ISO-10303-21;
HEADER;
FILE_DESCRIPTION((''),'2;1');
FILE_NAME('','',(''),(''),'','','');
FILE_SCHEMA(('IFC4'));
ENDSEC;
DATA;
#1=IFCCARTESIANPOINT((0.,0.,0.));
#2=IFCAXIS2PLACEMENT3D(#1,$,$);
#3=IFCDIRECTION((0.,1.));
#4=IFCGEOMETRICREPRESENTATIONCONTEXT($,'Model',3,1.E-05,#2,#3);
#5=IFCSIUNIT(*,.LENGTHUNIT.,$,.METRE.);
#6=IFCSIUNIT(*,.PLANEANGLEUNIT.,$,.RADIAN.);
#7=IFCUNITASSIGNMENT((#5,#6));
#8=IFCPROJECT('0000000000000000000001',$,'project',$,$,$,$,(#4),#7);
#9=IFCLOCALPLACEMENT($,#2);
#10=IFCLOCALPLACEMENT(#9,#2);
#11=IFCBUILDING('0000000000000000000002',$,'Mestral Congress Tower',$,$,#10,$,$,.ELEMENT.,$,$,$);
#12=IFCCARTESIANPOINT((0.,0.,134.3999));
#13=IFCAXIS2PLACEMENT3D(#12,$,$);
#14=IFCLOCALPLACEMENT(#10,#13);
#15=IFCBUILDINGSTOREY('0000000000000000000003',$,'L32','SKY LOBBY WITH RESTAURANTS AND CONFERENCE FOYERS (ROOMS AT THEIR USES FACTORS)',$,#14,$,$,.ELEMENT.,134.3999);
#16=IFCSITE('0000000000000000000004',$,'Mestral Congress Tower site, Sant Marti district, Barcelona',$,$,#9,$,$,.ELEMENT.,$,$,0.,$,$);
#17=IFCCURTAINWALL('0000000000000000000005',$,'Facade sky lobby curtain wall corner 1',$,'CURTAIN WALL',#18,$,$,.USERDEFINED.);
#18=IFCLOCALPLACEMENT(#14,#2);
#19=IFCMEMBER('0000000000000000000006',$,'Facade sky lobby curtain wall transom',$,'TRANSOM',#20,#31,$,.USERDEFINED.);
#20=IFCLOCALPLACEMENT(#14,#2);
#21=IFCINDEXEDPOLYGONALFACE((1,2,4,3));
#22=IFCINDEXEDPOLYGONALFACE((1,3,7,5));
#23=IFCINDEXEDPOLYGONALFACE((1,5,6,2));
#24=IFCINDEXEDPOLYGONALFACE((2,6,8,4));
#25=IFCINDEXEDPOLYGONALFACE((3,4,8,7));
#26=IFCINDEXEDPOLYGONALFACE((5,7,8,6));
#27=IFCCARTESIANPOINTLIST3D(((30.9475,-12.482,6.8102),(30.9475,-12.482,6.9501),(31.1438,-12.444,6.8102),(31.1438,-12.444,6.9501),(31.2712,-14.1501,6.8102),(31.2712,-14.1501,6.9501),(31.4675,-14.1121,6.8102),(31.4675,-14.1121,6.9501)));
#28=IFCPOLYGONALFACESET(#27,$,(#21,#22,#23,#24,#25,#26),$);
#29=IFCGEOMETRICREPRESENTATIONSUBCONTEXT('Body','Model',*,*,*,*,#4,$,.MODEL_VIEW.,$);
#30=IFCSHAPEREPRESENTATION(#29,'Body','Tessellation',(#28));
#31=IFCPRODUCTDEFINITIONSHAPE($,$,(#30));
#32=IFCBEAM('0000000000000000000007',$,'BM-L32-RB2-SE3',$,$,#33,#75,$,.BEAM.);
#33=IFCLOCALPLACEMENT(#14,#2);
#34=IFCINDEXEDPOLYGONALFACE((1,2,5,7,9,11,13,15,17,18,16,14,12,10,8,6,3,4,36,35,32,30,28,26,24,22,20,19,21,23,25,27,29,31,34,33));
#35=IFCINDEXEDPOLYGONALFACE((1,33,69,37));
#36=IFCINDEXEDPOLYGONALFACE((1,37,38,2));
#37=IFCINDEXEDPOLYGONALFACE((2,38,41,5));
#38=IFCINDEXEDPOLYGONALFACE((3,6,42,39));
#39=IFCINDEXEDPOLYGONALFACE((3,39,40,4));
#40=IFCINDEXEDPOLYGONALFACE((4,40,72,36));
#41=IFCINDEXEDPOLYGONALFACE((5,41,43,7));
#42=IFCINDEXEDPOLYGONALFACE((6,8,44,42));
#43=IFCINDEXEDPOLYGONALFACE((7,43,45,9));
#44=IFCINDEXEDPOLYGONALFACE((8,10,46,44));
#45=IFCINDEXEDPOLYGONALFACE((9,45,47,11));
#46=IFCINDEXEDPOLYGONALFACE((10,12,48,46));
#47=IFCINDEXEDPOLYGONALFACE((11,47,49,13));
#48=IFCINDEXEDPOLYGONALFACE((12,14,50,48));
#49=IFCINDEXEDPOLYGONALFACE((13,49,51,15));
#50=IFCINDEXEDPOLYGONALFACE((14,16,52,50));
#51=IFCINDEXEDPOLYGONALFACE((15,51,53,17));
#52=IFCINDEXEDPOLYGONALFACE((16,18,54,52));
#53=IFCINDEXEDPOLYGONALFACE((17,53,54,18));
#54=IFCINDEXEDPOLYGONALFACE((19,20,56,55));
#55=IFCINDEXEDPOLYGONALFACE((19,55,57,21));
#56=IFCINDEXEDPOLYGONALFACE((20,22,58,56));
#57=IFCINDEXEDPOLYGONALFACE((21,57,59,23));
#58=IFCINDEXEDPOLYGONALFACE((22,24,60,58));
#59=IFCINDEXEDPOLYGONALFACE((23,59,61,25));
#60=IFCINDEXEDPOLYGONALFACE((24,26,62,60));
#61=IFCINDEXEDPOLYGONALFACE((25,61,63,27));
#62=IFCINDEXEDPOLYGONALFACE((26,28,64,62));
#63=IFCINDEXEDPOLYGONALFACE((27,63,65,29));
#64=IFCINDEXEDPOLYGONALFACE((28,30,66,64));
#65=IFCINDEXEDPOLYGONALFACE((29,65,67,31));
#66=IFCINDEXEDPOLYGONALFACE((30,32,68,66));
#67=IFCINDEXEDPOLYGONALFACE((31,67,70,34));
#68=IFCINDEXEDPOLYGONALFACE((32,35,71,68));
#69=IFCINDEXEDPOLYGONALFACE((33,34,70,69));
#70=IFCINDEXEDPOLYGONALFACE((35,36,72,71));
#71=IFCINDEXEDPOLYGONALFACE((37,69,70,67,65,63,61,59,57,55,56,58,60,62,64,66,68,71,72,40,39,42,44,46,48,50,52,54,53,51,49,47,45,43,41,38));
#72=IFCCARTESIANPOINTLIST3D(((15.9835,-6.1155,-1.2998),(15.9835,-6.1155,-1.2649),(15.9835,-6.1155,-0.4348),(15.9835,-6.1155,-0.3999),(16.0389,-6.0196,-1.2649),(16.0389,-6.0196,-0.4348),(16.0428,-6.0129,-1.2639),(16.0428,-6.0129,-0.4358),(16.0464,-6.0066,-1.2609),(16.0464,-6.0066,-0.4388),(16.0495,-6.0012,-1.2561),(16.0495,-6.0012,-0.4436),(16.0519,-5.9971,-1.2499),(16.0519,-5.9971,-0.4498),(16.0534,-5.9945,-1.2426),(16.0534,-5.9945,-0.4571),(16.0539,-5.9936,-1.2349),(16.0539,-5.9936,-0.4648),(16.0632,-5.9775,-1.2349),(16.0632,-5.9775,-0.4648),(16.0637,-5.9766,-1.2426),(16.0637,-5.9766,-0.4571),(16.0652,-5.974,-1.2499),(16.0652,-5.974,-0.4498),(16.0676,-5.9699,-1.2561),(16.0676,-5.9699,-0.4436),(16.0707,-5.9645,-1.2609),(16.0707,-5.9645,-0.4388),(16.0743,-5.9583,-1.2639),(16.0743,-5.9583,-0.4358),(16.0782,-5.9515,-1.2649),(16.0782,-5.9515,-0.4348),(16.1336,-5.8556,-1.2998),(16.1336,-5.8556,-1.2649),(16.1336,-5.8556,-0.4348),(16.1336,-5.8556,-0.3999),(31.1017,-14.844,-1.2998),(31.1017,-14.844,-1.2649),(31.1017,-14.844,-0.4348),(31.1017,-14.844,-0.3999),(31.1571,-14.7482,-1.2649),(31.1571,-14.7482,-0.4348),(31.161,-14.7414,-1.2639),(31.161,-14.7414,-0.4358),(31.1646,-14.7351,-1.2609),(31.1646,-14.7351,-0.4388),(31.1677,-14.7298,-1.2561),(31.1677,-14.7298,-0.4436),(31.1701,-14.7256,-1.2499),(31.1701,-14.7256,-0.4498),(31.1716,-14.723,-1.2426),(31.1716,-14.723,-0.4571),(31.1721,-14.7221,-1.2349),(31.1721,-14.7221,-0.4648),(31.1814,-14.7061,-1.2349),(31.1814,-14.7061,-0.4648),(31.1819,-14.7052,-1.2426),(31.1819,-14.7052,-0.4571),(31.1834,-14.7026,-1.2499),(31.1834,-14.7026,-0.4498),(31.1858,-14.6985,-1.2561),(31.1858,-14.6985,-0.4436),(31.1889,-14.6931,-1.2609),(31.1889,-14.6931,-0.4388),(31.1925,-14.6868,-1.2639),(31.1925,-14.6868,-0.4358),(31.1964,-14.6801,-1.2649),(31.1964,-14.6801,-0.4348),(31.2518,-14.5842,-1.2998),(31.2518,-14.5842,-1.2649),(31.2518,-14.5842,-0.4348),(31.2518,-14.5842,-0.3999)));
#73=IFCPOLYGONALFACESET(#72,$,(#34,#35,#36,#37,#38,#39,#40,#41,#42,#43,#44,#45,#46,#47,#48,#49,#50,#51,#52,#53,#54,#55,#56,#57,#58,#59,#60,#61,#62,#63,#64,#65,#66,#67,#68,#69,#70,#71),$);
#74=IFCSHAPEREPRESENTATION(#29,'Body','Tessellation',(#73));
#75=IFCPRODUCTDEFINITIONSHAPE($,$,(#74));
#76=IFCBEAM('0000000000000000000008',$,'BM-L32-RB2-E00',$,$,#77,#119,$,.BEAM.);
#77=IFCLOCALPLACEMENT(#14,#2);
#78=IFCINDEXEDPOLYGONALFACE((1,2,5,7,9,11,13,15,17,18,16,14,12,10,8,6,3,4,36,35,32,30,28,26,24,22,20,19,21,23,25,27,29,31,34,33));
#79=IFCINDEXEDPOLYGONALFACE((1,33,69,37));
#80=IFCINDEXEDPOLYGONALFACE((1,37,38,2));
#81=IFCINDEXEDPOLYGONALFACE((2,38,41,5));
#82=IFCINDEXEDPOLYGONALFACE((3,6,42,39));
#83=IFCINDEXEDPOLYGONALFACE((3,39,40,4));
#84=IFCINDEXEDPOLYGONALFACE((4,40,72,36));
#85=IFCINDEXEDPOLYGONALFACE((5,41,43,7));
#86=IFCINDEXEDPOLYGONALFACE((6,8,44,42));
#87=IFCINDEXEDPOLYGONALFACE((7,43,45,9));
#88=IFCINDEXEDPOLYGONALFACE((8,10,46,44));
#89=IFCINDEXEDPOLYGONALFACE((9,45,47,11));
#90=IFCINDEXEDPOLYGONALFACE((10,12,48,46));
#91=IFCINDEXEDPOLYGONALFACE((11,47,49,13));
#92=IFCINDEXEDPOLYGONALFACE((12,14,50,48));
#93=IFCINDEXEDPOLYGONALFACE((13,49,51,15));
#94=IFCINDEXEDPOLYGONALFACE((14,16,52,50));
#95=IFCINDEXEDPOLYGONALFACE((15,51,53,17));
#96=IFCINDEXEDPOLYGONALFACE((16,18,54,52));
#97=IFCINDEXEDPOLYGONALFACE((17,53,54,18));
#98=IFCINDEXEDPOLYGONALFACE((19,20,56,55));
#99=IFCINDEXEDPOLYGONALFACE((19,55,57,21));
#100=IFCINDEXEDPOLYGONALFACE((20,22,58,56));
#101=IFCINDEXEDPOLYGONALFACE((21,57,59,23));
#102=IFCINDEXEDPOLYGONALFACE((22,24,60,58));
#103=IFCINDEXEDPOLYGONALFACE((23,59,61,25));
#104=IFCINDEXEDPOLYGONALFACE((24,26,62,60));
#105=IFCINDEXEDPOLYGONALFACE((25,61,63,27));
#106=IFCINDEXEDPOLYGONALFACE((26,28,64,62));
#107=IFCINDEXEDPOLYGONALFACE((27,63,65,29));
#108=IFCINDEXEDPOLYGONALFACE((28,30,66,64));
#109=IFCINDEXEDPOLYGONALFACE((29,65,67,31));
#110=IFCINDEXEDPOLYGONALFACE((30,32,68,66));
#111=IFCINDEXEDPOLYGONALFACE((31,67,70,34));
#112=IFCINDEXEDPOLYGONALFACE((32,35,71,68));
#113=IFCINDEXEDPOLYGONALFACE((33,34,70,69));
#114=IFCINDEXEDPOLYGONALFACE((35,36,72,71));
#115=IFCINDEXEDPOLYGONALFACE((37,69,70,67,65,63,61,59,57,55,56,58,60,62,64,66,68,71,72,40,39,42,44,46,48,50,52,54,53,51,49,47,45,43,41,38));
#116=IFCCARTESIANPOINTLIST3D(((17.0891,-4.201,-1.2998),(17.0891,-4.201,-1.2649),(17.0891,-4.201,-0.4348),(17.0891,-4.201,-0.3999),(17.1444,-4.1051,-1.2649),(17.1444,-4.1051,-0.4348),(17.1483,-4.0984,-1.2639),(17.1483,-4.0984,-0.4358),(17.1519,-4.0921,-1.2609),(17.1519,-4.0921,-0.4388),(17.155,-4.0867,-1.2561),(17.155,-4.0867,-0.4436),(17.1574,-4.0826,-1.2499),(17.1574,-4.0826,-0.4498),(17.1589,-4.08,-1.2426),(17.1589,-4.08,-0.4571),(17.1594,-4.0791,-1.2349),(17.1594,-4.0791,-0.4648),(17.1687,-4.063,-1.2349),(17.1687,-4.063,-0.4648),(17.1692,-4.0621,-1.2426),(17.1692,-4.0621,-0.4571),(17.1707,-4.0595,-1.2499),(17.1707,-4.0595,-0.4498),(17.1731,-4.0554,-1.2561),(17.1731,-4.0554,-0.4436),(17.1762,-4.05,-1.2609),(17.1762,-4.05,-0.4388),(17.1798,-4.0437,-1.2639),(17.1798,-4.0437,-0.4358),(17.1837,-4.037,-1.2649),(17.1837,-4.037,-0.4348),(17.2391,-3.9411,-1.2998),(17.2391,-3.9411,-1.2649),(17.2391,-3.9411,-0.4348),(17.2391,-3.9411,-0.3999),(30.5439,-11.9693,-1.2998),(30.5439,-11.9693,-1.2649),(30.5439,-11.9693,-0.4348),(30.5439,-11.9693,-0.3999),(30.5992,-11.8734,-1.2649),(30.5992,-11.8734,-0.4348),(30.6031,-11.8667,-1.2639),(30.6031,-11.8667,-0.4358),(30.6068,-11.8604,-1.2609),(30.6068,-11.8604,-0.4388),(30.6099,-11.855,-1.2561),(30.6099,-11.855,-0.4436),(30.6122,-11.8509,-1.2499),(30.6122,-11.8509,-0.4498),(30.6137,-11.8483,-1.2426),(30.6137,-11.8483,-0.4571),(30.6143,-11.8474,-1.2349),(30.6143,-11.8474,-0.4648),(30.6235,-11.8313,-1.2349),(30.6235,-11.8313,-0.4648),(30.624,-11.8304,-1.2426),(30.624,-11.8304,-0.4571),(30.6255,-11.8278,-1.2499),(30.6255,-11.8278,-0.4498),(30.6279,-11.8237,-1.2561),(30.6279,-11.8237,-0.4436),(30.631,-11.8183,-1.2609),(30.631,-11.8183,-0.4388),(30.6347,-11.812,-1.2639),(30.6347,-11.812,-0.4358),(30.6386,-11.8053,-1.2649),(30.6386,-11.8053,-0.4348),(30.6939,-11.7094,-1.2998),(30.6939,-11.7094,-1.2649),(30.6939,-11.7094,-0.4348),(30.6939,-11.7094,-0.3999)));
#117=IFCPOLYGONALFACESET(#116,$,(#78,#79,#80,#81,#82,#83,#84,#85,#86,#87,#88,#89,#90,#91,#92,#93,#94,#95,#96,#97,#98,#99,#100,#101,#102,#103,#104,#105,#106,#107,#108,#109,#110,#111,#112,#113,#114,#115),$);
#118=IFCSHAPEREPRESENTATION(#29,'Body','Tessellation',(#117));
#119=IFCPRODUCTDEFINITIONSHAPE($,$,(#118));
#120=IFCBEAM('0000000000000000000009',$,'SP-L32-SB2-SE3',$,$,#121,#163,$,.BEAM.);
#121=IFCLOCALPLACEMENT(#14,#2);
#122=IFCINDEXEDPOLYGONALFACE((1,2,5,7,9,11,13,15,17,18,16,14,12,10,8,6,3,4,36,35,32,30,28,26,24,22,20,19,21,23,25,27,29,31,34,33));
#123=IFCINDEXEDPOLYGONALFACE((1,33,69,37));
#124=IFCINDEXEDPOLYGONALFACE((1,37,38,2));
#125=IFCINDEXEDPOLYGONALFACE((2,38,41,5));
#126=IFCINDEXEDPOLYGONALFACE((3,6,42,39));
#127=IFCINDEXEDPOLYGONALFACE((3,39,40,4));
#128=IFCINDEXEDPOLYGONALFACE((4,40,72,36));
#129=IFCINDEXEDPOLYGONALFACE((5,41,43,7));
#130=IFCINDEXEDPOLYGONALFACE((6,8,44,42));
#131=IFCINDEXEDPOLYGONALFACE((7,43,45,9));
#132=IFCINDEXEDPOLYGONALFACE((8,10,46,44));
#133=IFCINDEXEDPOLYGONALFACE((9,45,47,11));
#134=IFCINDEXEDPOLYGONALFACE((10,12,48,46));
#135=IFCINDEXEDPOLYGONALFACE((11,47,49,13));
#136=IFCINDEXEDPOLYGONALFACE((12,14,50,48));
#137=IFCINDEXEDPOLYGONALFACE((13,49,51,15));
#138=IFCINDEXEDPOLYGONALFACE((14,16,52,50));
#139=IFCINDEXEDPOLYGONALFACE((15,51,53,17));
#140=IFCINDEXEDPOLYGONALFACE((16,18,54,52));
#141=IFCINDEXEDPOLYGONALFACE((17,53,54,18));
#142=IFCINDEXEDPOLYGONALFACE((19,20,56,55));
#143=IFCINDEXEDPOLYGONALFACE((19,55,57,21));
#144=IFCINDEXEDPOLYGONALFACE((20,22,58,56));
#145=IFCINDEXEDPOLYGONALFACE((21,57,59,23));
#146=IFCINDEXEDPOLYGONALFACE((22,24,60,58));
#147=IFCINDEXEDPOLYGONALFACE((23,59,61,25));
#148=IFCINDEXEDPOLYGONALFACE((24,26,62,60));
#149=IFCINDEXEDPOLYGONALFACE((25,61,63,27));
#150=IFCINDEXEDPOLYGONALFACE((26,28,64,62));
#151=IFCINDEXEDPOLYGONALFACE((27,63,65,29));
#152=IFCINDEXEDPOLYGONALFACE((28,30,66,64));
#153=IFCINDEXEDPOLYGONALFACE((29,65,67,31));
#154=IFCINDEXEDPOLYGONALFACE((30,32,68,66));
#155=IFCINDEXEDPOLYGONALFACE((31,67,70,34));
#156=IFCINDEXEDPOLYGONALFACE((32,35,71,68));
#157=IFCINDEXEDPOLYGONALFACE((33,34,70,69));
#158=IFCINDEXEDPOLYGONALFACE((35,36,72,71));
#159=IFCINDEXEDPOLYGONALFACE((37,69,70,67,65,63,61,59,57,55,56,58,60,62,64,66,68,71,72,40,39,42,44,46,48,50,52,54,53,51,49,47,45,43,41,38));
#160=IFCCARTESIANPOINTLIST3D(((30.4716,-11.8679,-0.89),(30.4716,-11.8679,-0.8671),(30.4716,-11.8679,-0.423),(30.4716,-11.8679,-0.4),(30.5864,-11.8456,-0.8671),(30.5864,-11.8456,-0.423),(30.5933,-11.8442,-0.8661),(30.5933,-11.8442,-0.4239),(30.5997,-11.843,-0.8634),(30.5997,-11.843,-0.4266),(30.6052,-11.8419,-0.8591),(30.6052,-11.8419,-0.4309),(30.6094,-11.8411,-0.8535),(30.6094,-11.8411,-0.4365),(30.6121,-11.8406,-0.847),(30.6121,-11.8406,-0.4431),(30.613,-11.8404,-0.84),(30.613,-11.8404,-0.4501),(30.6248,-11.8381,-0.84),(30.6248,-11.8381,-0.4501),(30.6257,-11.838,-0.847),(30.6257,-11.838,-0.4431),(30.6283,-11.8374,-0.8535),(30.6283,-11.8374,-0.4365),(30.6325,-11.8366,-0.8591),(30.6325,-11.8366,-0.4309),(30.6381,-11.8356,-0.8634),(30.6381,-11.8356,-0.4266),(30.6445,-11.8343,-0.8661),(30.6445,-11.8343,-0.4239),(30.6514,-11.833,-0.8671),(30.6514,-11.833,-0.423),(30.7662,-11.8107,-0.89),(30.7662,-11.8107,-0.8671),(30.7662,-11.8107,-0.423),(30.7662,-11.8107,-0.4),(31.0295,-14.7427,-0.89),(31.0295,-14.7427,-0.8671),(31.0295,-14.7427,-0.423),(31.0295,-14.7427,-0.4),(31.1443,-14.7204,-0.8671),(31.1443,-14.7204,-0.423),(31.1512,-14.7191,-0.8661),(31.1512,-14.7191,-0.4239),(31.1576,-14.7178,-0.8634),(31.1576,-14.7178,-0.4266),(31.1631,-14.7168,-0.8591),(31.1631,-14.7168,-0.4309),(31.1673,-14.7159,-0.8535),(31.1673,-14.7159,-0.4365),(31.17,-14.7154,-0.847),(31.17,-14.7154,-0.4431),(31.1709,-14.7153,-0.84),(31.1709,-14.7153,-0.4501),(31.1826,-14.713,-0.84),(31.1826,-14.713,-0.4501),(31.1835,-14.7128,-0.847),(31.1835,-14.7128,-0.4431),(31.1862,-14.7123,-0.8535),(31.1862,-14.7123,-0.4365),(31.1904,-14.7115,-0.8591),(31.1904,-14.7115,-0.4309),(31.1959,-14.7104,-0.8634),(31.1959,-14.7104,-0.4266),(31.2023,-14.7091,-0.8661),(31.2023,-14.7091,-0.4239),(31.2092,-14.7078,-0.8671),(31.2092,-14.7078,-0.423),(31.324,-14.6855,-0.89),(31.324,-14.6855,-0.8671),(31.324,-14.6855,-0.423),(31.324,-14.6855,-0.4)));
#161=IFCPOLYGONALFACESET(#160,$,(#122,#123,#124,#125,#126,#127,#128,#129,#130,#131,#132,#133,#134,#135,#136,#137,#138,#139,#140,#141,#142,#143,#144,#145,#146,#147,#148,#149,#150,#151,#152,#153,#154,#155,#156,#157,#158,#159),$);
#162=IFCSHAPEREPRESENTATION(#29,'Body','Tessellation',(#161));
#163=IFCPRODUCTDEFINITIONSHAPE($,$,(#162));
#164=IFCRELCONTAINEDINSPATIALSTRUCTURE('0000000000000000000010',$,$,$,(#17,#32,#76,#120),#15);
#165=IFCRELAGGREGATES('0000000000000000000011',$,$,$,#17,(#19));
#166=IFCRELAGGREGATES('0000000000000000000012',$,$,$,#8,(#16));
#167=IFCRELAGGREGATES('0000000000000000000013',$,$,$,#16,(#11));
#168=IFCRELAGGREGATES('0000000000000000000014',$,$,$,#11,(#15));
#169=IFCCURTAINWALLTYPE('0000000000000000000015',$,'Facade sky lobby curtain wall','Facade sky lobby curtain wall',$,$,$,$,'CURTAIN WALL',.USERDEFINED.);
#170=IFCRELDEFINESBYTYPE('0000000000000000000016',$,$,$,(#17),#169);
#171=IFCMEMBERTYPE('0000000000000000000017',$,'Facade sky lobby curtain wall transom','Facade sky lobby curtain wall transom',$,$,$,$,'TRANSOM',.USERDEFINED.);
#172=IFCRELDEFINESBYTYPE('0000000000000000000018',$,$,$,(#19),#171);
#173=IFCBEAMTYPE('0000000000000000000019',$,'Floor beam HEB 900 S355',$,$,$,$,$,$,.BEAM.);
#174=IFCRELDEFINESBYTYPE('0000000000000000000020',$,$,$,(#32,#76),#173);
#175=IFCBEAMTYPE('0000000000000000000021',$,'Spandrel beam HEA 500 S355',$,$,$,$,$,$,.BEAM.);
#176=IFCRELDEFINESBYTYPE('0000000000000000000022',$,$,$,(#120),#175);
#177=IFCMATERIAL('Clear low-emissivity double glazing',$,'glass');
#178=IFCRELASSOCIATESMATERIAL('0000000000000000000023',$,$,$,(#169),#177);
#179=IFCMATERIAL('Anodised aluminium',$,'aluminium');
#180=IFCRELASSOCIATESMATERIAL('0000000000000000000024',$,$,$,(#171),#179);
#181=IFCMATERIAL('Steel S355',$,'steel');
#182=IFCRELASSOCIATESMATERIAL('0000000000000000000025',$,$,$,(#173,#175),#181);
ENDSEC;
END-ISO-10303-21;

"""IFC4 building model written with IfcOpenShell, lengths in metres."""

from ifc_helpers import new_model, si_unit, direction, frame, origin, origin_2d, place, context, subcontext, project, spatial, rectangle, i_section, extrude, material, material_profile, profile_set, type_object, element, aggregate, save


model = new_model("IFC4")

# Units and contexts
model_context = context("Model", 3, precision=1e-05, world=origin(), true_north=direction((0.0, 1.0)))
body_context = subcontext(model_context, "Body", "Model", "MODEL_VIEW")
ifc_project = project(units=[si_unit("LENGTHUNIT", "METRE"), si_unit("PLANEANGLEUNIT", "RADIAN")], contexts=[model_context])

# Site, building, storey
site_placement = place(None, origin())
site = spatial("IfcSite", under=ifc_project, at=site_placement, Name="Mestral Congress Tower site, Sant Marti district, Barcelona", CompositionType="ELEMENT", RefElevation=0.0)
building_placement = place(site_placement, origin())
building = spatial("IfcBuilding", under=site, at=building_placement, Name="Mestral Congress Tower", CompositionType="ELEMENT")
storey_placement = place(building_placement, frame((0.0, 0.0, 134.3999)))
storey = spatial("IfcBuildingStorey", under=building, at=storey_placement, Name="L32", Description="SKY LOBBY WITH RESTAURANTS AND CONFERENCE FOYERS (ROOMS AT THEIR USES FACTORS)", CompositionType="ELEMENT", Elevation=134.3999)

# Shared definitions
ifc_material_1 = material(Name="Steel S355", Category="steel")

# Curtain wall
ifc_material_2 = material(Name="Clear low-emissivity double glazing", Category="glass")
curtain_wall_type = type_object("IfcCurtainWallType", Name="Facade sky lobby curtain wall", Description="Facade sky lobby curtain wall", ElementType="CURTAIN WALL", PredefinedType="USERDEFINED", material=ifc_material_2)
placement = place(storey_placement, origin())
ifc_material_3 = material(Name="Anodised aluminium", Category="aluminium")
curtain_wall_1 = element("IfcCurtainWall", 1, at=placement, inside=storey, type_object=curtain_wall_type, Name="Facade sky lobby curtain wall corner 1", ObjectType="CURTAIN WALL", PredefinedType="USERDEFINED")

# Member
ifc_material_profile_1 = material_profile(ifc_material_3, rectangle(XDim=0.2, YDim=0.1399, at=origin_2d()), Name="CW1 transom 200 x 140")
ifc_profile_set_1 = profile_set([ifc_material_profile_1], Name="Anodised aluminium")
member_type_1 = type_object("IfcMemberType", Name="Facade sky lobby curtain wall transom", Description="Facade sky lobby curtain wall transom", ElementType="TRANSOM", PredefinedType="USERDEFINED", material=ifc_profile_set_1)
member_1_placement = place(storey_placement, frame((31.3694, -14.1311, 6.8801), z_axis=(-0.190504, 0.981686, 0.0), x_axis=(-0.981686, -0.190504, 0.0)))
member_1 = element("IfcMember", 2, at=member_1_placement, type_object=member_type_1, Name="Facade sky lobby curtain wall transom", ObjectType="TRANSOM", PredefinedType="USERDEFINED", context=body_context, shape_type="SweptSolid", body=[
    extrude(rectangle(XDim=0.2, YDim=0.1399, at=origin_2d()), origin(), (0.0, 0.0, 1.0), 1.6992),
])

# Beams
ifc_material_profile_2 = material_profile(ifc_material_1, i_section(OverallWidth=0.3, OverallDepth=0.8999, WebThickness=0.0186, FlangeThickness=0.0349, FilletRadius=0.03, at=origin_2d()), Name="HEB 900")
ifc_profile_set_2 = profile_set([ifc_material_profile_2], Name="Steel S355")
beam_type_1 = type_object("IfcBeamType", Name="Floor beam HEB 900 S355", PredefinedType="BEAM", material=ifc_profile_set_2)
beam_1_placement = place(storey_placement, frame((31.1768, -14.7141, -0.8499), z_axis=(-0.866024, 0.500002, 0.0), x_axis=(-0.500002, -0.866024, 0.0)))
element("IfcBeam", 3, at=beam_1_placement, inside=storey, type_object=beam_type_1, Name="BM-L32-RB2-SE3", PredefinedType="BEAM", context=body_context, shape_type="SweptSolid", body=[
    extrude(i_section(OverallWidth=0.3, OverallDepth=0.8999, WebThickness=0.0186, FlangeThickness=0.0349, FilletRadius=0.03, at=origin_2d()), origin(), (0.0, 0.0, 1.0), 17.457),
])
beam_2_placement = place(storey_placement, frame((30.6189, -11.8394, -0.8499), z_axis=(-0.866021, 0.500008, 0.0), x_axis=(-0.500008, -0.866021, 0.0)))
element("IfcBeam", 4, at=beam_2_placement, inside=storey, type_object=beam_type_1, Name="BM-L32-RB2-E00", PredefinedType="BEAM", context=body_context, shape_type="SweptSolid", body=[
    extrude(i_section(OverallWidth=0.3, OverallDepth=0.8999, WebThickness=0.0186, FlangeThickness=0.0349, FilletRadius=0.03, at=origin_2d()), origin(), (0.0, 0.0, 1.0), 15.5364),
])
ifc_material_profile_3 = material_profile(ifc_material_1, i_section(OverallWidth=0.3, OverallDepth=0.49, WebThickness=0.012, FlangeThickness=0.0229, FilletRadius=0.0271, at=origin_2d()), Name="HEA 500")
ifc_profile_set_3 = profile_set([ifc_material_profile_3], Name="Steel S355")
beam_type_2 = type_object("IfcBeamType", Name="Spandrel beam HEA 500 S355", PredefinedType="BEAM", material=ifc_profile_set_3)
beam_3_placement = place(storey_placement, frame((31.1768, -14.7141, -0.645), z_axis=(-0.190501, 0.981687, 0.0), x_axis=(-0.981687, -0.190501, 0.0)))
element("IfcBeam", 5, at=beam_3_placement, inside=storey, type_object=beam_type_2, Name="SP-L32-SB2-SE3", PredefinedType="BEAM", context=body_context, shape_type="SweptSolid", body=[
    extrude(i_section(OverallWidth=0.3, OverallDepth=0.49, WebThickness=0.012, FlangeThickness=0.0229, FilletRadius=0.0271, at=origin_2d()), origin(), (0.0, 0.0, 1.0), 2.9285),
])

aggregate(curtain_wall_1, [member_1])

save(model, "model.ifc")
